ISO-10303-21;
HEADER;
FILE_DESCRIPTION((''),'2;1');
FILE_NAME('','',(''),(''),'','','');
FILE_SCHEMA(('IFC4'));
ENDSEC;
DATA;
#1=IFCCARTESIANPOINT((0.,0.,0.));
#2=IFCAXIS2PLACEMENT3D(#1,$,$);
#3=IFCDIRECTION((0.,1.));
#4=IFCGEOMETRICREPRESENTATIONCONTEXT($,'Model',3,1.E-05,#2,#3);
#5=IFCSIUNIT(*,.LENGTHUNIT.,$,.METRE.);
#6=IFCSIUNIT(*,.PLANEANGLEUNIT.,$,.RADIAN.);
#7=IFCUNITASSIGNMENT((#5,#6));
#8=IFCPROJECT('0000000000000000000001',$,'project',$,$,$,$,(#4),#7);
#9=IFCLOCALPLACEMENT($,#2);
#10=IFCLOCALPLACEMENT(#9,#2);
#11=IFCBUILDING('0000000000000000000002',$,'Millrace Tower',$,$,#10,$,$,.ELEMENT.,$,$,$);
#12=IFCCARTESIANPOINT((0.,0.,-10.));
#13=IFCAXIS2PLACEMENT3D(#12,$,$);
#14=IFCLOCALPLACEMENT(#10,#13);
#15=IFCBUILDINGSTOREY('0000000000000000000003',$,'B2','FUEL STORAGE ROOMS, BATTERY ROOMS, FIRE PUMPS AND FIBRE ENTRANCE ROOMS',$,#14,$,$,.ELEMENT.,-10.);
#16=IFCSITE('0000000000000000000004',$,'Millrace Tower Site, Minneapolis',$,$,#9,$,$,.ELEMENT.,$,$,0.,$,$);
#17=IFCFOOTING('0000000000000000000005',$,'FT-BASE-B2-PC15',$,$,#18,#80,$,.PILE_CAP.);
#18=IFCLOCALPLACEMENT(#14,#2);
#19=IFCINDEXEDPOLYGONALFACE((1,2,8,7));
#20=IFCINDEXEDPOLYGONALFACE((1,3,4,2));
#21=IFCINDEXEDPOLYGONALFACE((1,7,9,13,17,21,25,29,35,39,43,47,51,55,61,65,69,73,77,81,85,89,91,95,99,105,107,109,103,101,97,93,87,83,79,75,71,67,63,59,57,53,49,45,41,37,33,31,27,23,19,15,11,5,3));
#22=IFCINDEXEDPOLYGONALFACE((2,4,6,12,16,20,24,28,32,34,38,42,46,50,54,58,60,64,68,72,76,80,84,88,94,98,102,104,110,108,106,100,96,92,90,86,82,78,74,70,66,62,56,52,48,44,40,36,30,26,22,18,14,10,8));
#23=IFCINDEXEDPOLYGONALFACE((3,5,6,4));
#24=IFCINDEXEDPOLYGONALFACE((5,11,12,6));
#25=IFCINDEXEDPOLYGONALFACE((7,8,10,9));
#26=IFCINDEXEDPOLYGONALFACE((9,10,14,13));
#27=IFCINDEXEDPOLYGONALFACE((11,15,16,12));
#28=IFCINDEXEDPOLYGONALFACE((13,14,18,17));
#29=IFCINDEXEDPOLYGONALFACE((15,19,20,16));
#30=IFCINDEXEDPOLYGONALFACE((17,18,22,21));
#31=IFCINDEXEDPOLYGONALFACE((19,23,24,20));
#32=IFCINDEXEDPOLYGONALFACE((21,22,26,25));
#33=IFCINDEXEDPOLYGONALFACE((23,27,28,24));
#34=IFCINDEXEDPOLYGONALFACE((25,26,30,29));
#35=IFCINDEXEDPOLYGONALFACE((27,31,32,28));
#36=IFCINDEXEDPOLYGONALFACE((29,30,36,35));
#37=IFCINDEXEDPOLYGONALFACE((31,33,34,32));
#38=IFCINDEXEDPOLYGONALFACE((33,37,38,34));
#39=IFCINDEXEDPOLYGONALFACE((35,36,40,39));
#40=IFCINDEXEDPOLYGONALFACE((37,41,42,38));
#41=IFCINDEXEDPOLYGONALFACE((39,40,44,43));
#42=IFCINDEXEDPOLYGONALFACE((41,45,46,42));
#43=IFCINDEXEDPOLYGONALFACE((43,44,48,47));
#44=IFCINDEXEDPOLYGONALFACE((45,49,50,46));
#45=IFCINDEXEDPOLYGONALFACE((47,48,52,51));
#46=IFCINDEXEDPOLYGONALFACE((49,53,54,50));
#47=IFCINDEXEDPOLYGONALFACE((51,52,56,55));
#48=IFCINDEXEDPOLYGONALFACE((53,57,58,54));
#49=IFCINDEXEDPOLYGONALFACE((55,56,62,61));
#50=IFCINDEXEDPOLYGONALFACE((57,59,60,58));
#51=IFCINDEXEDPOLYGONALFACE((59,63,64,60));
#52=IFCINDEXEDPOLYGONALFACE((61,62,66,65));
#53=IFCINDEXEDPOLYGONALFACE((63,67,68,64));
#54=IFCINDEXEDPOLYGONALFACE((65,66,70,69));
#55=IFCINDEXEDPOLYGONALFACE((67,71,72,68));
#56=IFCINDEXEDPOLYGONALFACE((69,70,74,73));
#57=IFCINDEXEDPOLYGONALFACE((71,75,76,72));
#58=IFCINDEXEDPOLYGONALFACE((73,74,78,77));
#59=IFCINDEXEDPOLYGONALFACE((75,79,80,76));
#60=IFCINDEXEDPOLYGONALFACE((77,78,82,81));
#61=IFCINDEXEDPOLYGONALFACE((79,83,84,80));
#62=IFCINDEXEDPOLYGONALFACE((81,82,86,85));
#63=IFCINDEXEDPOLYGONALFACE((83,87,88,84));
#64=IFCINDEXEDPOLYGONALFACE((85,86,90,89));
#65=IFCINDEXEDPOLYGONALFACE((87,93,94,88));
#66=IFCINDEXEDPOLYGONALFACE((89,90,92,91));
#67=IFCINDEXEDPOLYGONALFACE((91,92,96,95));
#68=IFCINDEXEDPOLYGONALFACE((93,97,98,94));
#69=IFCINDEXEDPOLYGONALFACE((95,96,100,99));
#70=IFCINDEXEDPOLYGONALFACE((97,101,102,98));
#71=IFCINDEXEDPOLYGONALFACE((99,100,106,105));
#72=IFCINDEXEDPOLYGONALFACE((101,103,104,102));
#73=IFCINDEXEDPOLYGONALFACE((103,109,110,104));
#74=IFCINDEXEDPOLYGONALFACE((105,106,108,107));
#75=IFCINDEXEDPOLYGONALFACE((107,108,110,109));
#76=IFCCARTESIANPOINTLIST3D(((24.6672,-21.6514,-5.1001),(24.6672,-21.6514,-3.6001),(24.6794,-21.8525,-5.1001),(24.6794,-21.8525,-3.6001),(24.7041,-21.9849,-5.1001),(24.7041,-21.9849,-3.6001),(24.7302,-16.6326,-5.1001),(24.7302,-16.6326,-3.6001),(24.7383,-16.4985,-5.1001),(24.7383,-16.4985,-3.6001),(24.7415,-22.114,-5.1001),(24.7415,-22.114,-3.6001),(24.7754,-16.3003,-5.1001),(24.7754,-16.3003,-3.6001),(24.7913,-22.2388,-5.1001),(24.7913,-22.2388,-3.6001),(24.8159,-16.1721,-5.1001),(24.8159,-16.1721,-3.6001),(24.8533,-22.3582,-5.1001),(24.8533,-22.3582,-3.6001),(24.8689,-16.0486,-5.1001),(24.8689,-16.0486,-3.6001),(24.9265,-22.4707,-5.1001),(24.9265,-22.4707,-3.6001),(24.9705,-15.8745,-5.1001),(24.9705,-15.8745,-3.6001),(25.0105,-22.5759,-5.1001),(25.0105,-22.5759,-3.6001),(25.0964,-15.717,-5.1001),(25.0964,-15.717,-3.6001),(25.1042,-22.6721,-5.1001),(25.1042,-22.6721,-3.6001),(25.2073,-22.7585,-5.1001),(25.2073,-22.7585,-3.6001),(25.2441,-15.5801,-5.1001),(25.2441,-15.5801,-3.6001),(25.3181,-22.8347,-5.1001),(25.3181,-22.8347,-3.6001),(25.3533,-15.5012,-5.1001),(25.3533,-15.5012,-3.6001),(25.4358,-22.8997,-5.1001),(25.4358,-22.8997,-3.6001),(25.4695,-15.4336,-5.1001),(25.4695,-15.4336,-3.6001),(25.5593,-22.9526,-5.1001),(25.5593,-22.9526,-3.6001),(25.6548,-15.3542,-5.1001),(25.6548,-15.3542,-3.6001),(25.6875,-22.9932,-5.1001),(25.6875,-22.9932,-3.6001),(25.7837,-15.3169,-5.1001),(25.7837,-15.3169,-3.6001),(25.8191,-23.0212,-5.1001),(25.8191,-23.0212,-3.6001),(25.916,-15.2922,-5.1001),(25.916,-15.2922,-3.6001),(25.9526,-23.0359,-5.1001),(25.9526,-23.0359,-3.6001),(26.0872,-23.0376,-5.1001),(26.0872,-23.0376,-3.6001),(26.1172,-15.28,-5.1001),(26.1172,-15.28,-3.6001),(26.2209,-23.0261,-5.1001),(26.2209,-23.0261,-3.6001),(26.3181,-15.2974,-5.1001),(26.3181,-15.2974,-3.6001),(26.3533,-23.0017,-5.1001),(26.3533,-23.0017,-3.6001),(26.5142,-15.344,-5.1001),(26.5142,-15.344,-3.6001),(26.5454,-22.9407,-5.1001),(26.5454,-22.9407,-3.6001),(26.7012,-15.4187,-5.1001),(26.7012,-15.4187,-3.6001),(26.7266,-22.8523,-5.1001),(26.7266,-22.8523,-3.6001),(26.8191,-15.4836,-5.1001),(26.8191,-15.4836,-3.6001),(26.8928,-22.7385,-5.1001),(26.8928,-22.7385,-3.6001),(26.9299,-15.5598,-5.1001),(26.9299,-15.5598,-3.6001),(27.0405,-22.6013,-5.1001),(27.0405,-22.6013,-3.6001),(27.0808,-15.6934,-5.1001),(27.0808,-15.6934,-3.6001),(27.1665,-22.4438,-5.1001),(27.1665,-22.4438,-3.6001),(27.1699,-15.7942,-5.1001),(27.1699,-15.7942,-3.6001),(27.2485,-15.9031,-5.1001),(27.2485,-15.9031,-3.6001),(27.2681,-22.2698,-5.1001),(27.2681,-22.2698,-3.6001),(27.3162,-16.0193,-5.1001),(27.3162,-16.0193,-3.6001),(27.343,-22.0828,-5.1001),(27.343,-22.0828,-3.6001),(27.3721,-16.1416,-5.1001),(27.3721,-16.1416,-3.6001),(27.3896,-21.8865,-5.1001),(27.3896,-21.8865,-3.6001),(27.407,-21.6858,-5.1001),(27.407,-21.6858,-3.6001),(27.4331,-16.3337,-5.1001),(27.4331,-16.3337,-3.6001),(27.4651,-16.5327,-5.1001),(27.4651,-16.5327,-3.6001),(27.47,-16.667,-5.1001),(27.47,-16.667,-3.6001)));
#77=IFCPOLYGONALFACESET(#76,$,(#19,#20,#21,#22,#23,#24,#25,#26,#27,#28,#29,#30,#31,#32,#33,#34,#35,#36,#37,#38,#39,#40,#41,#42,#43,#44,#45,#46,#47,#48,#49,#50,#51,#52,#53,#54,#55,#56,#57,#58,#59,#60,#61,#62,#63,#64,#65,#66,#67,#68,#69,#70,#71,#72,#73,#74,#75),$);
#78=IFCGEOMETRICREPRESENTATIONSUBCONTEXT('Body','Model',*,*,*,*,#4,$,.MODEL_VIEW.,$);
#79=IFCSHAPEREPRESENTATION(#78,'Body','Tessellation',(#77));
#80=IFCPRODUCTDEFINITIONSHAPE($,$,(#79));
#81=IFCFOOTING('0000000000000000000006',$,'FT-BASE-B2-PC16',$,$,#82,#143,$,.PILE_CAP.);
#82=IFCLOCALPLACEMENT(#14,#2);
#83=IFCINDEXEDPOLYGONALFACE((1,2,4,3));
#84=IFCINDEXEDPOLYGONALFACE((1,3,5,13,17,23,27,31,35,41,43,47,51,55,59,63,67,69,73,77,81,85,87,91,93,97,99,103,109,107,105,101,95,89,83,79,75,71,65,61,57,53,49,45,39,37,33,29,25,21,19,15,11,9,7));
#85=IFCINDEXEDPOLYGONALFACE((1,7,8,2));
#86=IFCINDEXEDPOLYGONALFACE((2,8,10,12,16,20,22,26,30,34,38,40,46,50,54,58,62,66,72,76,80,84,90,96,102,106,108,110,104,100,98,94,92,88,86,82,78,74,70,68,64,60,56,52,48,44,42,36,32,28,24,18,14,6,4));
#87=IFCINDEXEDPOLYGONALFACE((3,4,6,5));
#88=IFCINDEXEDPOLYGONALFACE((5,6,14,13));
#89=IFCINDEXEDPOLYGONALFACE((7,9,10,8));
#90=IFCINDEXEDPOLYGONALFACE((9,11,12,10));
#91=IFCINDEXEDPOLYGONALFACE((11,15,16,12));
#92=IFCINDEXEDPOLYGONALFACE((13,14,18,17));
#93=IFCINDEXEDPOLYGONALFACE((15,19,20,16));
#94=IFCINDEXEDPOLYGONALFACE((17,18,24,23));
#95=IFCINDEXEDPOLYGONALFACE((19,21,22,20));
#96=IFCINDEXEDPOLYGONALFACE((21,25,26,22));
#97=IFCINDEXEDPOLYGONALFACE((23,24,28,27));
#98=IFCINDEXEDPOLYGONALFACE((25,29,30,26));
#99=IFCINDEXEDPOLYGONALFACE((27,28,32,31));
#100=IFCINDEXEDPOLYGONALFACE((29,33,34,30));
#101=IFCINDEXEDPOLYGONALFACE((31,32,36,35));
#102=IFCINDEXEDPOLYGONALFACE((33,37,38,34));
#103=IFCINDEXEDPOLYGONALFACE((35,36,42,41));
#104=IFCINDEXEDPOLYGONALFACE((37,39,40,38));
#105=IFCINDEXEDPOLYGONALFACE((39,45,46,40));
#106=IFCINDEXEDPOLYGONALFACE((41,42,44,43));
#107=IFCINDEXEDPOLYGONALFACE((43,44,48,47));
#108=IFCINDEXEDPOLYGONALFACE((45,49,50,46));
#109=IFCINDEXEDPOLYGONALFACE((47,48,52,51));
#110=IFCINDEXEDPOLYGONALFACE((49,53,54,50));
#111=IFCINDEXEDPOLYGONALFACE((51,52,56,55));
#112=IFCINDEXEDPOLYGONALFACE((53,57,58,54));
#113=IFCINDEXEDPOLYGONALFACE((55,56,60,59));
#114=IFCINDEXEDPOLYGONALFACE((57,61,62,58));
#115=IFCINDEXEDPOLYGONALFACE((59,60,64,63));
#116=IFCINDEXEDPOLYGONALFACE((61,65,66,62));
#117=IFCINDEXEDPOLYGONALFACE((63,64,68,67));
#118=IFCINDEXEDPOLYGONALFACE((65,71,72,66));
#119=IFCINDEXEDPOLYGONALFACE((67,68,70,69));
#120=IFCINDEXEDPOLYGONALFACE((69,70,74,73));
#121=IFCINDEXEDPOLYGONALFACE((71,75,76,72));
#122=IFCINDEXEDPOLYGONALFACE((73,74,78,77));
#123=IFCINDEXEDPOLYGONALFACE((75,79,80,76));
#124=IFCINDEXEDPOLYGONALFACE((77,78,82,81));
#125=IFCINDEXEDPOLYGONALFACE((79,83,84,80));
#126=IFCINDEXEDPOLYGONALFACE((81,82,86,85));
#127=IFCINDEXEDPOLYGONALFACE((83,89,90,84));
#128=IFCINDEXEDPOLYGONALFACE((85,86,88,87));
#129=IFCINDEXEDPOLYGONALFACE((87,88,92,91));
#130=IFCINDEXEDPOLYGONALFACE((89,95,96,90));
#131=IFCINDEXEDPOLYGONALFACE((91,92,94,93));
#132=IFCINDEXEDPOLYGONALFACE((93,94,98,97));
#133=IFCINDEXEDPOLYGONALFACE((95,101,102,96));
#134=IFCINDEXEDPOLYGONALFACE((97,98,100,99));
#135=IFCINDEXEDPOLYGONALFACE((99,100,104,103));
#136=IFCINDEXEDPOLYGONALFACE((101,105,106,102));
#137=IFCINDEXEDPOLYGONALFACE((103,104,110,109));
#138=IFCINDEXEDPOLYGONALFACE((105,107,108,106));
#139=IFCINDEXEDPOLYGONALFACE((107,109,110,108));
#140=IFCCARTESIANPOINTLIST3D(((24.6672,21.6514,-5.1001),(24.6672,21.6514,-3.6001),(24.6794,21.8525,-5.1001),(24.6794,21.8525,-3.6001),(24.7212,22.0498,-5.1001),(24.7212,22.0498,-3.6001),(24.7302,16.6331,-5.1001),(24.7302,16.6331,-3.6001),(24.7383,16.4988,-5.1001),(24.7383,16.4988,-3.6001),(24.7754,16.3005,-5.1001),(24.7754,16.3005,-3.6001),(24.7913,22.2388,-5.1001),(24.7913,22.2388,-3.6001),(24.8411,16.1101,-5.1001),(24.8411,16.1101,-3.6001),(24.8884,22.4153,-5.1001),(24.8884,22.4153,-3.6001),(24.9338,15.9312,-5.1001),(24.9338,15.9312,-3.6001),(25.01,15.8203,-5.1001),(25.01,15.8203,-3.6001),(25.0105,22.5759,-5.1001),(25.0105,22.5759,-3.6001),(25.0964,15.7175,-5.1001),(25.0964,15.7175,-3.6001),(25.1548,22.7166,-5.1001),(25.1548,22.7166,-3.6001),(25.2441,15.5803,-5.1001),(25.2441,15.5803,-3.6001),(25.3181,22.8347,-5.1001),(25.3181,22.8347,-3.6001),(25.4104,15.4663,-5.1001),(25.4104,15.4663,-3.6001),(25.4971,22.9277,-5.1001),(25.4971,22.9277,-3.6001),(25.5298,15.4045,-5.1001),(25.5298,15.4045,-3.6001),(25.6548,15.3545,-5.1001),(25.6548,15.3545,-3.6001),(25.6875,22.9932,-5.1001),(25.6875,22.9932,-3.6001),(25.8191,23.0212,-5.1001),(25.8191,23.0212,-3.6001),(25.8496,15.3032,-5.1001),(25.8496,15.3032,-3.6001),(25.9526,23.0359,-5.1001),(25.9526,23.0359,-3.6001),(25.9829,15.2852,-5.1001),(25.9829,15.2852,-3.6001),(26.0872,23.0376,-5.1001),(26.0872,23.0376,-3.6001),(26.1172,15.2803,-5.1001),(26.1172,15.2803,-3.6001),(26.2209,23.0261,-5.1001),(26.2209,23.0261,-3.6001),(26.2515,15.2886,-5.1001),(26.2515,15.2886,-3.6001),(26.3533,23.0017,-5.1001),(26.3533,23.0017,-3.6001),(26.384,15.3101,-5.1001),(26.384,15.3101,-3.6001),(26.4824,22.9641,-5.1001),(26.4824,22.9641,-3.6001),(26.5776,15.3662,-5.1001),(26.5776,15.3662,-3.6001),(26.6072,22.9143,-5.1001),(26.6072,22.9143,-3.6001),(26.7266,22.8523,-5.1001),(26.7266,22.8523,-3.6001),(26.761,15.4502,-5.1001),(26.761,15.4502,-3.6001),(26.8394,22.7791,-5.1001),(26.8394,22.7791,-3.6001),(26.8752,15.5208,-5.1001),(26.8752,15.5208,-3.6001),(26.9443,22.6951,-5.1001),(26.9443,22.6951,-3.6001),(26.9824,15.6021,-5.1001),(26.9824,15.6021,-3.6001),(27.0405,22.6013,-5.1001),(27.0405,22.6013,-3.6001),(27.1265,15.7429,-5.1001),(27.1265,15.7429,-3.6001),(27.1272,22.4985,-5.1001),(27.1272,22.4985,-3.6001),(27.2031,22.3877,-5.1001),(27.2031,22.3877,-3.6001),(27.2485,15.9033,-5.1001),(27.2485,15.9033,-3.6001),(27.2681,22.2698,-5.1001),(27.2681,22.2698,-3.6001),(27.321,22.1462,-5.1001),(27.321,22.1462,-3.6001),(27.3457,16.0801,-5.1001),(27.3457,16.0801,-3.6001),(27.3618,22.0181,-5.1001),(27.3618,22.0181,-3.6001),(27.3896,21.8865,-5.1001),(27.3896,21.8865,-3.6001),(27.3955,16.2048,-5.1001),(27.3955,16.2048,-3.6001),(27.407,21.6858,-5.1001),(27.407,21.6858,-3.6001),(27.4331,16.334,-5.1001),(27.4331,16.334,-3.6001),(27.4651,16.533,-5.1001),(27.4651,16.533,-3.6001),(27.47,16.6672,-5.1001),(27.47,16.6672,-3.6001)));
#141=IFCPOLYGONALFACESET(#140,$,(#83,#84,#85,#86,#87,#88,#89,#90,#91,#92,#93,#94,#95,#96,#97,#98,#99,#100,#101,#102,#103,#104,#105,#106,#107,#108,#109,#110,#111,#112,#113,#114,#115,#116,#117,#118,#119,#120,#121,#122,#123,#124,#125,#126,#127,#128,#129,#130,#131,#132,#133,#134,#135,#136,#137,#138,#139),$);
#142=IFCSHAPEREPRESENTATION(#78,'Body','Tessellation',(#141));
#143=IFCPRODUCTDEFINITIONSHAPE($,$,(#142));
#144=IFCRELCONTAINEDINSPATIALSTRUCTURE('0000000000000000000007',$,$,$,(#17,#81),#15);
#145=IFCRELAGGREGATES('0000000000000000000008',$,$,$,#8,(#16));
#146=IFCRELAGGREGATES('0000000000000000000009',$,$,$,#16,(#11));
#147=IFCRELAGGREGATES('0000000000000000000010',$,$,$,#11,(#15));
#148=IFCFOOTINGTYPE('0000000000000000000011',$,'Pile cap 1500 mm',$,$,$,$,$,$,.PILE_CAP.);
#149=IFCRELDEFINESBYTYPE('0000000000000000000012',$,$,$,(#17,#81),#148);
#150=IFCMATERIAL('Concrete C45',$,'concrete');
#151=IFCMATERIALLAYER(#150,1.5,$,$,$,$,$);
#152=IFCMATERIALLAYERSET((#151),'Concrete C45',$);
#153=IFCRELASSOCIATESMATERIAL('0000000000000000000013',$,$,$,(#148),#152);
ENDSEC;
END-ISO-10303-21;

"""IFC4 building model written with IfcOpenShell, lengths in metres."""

from ifc_helpers import new_model, si_unit, direction, frame, origin, place, context, subcontext, project, spatial, polyline, outline, extrude, material, layer, layer_set, type_object, element, save


model = new_model("IFC4")

# Units and contexts
model_context = context("Model", 3, precision=1e-05, world=origin(), true_north=direction((0.0, 1.0)))
body_context = subcontext(model_context, "Body", "Model", "MODEL_VIEW")
ifc_project = project(units=[si_unit("LENGTHUNIT", "METRE"), si_unit("PLANEANGLEUNIT", "RADIAN")], contexts=[model_context])

# Site, building, storey
site_placement = place(None, origin())
site = spatial("IfcSite", under=ifc_project, at=site_placement, Name="Millrace Tower Site, Minneapolis", CompositionType="ELEMENT", RefElevation=0.0)
building_placement = place(site_placement, origin())
building = spatial("IfcBuilding", under=site, at=building_placement, Name="Millrace Tower", CompositionType="ELEMENT")
storey_placement = place(building_placement, frame((0.0, 0.0, -10.0)))
storey = spatial("IfcBuildingStorey", under=building, at=storey_placement, Name="B2", Description="FUEL STORAGE ROOMS, BATTERY ROOMS, FIRE PUMPS AND FIBRE ENTRANCE ROOMS", CompositionType="ELEMENT", Elevation=-10.0)

# Footings
ifc_material_1 = material(Name="Concrete C45", Category="concrete")
ifc_layer_1 = layer(ifc_material_1, 1.5)
ifc_layer_set_1 = layer_set([ifc_layer_1], Name="Concrete C45")
footing_type = type_object("IfcFootingType", Name="Pile cap 1500 mm", PredefinedType="PILE_CAP", material=ifc_layer_set_1)
placement_1 = place(storey_placement, frame((0.0, 0.0, -5.1001)))
element("IfcFooting", 1, at=placement_1, inside=storey, type_object=footing_type, Name="FT-BASE-B2-PC15", PredefinedType="PILE_CAP", context=body_context, shape_type="SweptSolid", body=[
    extrude(outline(polyline([(24.7754, -16.3003), (24.8159, -16.1721), (24.8689, -16.0486), (24.9705, -15.8745), (25.0964, -15.717), (25.2441, -15.5801), (25.3533, -15.5012), (25.4695, -15.4336), (25.6548, -15.3542), (25.7837, -15.3169), (25.916, -15.2922), (26.1172, -15.28), (26.3181, -15.2974), (26.5142, -15.344), (26.7012, -15.4187), (26.8191, -15.4836), (26.9299, -15.5598), (27.0808, -15.6934), (27.1699, -15.7942), (27.2485, -15.9031), (27.3162, -16.0193), (27.3721, -16.1416), (27.4331, -16.3337), (27.4651, -16.5327), (27.47, -16.667), (27.407, -21.6858), (27.3896, -21.8865), (27.343, -22.0828), (27.2681, -22.2698), (27.1665, -22.4438), (27.0405, -22.6013), (26.8928, -22.7385), (26.7266, -22.8523), (26.5454, -22.9407), (26.3533, -23.0017), (26.2209, -23.0261), (26.0872, -23.0376), (25.9526, -23.0359), (25.8191, -23.0212), (25.6875, -22.9932), (25.5593, -22.9526), (25.4358, -22.8997), (25.3181, -22.8347), (25.2073, -22.7585), (25.1042, -22.6721), (25.0105, -22.5759), (24.9265, -22.4707), (24.8533, -22.3582), (24.7913, -22.2388), (24.7415, -22.114), (24.7041, -21.9849), (24.6794, -21.8525), (24.6672, -21.6514), (24.7302, -16.6326), (24.7383, -16.4985), (24.7754, -16.3003)])), origin(), (0.0, 0.0, 1.0), 1.5),
])
element("IfcFooting", 2, at=placement_1, inside=storey, type_object=footing_type, Name="FT-BASE-B2-PC16", PredefinedType="PILE_CAP", context=body_context, shape_type="SweptSolid", body=[
    extrude(outline(polyline([(27.4331, 16.334), (27.3955, 16.2048), (27.3457, 16.0801), (27.2485, 15.9033), (27.1265, 15.7429), (26.9824, 15.6021), (26.8752, 15.5208), (26.761, 15.4502), (26.5776, 15.3662), (26.384, 15.3101), (26.2515, 15.2886), (26.1172, 15.2803), (25.9829, 15.2852), (25.8496, 15.3032), (25.6548, 15.3545), (25.5298, 15.4045), (25.4104, 15.4663), (25.2441, 15.5803), (25.0964, 15.7175), (25.01, 15.8203), (24.9338, 15.9312), (24.8411, 16.1101), (24.7754, 16.3005), (24.7383, 16.4988), (24.7302, 16.6331), (24.6672, 21.6514), (24.6794, 21.8525), (24.7212, 22.0498), (24.7913, 22.2388), (24.8884, 22.4153), (25.0105, 22.5759), (25.1548, 22.7166), (25.3181, 22.8347), (25.4971, 22.9277), (25.6875, 22.9932), (25.8191, 23.0212), (25.9526, 23.0359), (26.0872, 23.0376), (26.2209, 23.0261), (26.3533, 23.0017), (26.4824, 22.9641), (26.6072, 22.9143), (26.7266, 22.8523), (26.8394, 22.7791), (26.9443, 22.6951), (27.0405, 22.6013), (27.1272, 22.4985), (27.2031, 22.3877), (27.2681, 22.2698), (27.321, 22.1462), (27.3618, 22.0181), (27.3896, 21.8865), (27.407, 21.6858), (27.47, 16.6672), (27.4651, 16.533), (27.4331, 16.334)])), origin(), (0.0, 0.0, 1.0), 1.5),
])

save(model, "model.ifc")
